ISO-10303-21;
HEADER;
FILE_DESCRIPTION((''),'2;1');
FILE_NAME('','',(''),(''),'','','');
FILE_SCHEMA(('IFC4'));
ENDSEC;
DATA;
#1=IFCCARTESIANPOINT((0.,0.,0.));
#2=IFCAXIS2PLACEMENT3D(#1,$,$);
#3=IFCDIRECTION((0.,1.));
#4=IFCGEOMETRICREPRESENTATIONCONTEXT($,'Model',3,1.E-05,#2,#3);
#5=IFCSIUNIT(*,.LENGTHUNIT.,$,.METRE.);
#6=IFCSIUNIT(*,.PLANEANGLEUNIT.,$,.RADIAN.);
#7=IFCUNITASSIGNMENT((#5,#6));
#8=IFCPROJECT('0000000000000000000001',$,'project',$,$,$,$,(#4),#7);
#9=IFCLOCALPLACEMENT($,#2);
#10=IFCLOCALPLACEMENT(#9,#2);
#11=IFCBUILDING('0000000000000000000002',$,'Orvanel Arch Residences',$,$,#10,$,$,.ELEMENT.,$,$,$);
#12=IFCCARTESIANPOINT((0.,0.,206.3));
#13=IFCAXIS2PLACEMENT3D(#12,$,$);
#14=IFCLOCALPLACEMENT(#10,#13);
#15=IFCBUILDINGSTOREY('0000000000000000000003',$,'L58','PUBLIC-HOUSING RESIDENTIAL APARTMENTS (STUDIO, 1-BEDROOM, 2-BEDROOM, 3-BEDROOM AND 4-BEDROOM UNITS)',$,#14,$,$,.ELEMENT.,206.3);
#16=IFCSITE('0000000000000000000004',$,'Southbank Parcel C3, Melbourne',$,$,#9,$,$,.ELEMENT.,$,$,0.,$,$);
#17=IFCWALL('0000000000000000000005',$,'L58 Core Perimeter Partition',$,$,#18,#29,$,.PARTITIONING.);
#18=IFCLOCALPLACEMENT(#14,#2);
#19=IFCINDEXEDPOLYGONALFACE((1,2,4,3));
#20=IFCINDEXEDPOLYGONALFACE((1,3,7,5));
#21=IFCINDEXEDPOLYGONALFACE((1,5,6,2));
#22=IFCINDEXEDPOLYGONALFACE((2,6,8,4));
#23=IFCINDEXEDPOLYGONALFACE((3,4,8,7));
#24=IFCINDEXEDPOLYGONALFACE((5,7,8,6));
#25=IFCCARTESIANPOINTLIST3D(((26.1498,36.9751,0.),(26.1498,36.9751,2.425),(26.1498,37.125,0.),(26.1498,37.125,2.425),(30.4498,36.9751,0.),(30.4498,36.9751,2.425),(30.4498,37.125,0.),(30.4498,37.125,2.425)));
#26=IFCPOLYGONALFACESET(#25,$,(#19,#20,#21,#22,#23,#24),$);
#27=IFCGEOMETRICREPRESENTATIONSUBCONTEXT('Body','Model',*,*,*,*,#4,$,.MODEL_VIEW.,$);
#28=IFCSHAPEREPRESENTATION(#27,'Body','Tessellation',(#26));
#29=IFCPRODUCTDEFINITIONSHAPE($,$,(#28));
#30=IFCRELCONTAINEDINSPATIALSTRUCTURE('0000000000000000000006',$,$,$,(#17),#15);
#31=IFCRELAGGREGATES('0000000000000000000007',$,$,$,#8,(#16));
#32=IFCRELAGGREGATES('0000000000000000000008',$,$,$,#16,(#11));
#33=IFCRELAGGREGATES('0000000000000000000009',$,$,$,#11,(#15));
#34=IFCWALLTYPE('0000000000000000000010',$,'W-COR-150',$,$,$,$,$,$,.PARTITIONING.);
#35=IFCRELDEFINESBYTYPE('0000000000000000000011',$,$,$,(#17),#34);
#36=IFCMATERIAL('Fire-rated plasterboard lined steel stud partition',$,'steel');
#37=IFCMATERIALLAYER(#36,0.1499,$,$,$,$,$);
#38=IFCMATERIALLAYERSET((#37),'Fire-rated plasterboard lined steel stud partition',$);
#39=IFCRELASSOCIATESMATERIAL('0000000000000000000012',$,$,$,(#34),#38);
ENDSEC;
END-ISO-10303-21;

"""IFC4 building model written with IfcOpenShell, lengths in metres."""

from ifc_helpers import new_model, si_unit, direction, frame, frame_2d, origin, place, context, subcontext, project, spatial, rectangle, extrude, material, layer, layer_set, type_object, element, save


model = new_model("IFC4")

# Units and contexts
model_context = context("Model", 3, precision=1e-05, world=origin(), true_north=direction((0.0, 1.0)))
body_context = subcontext(model_context, "Body", "Model", "MODEL_VIEW")
ifc_project = project(units=[si_unit("LENGTHUNIT", "METRE"), si_unit("PLANEANGLEUNIT", "RADIAN")], contexts=[model_context])

# Site, building, storey
site_placement = place(None, origin())
site = spatial("IfcSite", under=ifc_project, at=site_placement, Name="Southbank Parcel C3, Melbourne", CompositionType="ELEMENT", RefElevation=0.0)
building_placement = place(site_placement, origin())
building = spatial("IfcBuilding", under=site, at=building_placement, Name="Orvanel Arch Residences", CompositionType="ELEMENT")
storey_placement = place(building_placement, frame((0.0, 0.0, 206.3)))
storey = spatial("IfcBuildingStorey", under=building, at=storey_placement, Name="L58", Description="PUBLIC-HOUSING RESIDENTIAL APARTMENTS (STUDIO, 1-BEDROOM, 2-BEDROOM, 3-BEDROOM AND 4-BEDROOM UNITS)", CompositionType="ELEMENT", Elevation=206.3)

# Shared definitions
ifc_material_1 = material(Name="Fire-rated plasterboard lined steel stud partition", Category="steel")
ifc_layer_1 = layer(ifc_material_1, 0.1499)
ifc_layer_set_1 = layer_set([ifc_layer_1], Name="Fire-rated plasterboard lined steel stud partition")
wall_type_1 = type_object("IfcWallType", Name="W-COR-150", PredefinedType="PARTITIONING", material=ifc_layer_set_1)

# Wall
wall_1_placement = place(storey_placement, frame((26.1499, 37.05, 0.0), z_axis=(0.0, 0.0, 1.0), x_axis=(1.0, 0.0, 0.0)))
element("IfcWall", 1, at=wall_1_placement, inside=storey, type_object=wall_type_1, Name="L58 Core Perimeter Partition", PredefinedType="PARTITIONING", context=body_context, shape_type="SweptSolid", body=[
    extrude(rectangle(XDim=4.3, YDim=0.1499, at=frame_2d((2.1499, 0.0))), origin(), (0.0, 0.0, 1.0), 2.425),
])

save(model, "model.ifc")
